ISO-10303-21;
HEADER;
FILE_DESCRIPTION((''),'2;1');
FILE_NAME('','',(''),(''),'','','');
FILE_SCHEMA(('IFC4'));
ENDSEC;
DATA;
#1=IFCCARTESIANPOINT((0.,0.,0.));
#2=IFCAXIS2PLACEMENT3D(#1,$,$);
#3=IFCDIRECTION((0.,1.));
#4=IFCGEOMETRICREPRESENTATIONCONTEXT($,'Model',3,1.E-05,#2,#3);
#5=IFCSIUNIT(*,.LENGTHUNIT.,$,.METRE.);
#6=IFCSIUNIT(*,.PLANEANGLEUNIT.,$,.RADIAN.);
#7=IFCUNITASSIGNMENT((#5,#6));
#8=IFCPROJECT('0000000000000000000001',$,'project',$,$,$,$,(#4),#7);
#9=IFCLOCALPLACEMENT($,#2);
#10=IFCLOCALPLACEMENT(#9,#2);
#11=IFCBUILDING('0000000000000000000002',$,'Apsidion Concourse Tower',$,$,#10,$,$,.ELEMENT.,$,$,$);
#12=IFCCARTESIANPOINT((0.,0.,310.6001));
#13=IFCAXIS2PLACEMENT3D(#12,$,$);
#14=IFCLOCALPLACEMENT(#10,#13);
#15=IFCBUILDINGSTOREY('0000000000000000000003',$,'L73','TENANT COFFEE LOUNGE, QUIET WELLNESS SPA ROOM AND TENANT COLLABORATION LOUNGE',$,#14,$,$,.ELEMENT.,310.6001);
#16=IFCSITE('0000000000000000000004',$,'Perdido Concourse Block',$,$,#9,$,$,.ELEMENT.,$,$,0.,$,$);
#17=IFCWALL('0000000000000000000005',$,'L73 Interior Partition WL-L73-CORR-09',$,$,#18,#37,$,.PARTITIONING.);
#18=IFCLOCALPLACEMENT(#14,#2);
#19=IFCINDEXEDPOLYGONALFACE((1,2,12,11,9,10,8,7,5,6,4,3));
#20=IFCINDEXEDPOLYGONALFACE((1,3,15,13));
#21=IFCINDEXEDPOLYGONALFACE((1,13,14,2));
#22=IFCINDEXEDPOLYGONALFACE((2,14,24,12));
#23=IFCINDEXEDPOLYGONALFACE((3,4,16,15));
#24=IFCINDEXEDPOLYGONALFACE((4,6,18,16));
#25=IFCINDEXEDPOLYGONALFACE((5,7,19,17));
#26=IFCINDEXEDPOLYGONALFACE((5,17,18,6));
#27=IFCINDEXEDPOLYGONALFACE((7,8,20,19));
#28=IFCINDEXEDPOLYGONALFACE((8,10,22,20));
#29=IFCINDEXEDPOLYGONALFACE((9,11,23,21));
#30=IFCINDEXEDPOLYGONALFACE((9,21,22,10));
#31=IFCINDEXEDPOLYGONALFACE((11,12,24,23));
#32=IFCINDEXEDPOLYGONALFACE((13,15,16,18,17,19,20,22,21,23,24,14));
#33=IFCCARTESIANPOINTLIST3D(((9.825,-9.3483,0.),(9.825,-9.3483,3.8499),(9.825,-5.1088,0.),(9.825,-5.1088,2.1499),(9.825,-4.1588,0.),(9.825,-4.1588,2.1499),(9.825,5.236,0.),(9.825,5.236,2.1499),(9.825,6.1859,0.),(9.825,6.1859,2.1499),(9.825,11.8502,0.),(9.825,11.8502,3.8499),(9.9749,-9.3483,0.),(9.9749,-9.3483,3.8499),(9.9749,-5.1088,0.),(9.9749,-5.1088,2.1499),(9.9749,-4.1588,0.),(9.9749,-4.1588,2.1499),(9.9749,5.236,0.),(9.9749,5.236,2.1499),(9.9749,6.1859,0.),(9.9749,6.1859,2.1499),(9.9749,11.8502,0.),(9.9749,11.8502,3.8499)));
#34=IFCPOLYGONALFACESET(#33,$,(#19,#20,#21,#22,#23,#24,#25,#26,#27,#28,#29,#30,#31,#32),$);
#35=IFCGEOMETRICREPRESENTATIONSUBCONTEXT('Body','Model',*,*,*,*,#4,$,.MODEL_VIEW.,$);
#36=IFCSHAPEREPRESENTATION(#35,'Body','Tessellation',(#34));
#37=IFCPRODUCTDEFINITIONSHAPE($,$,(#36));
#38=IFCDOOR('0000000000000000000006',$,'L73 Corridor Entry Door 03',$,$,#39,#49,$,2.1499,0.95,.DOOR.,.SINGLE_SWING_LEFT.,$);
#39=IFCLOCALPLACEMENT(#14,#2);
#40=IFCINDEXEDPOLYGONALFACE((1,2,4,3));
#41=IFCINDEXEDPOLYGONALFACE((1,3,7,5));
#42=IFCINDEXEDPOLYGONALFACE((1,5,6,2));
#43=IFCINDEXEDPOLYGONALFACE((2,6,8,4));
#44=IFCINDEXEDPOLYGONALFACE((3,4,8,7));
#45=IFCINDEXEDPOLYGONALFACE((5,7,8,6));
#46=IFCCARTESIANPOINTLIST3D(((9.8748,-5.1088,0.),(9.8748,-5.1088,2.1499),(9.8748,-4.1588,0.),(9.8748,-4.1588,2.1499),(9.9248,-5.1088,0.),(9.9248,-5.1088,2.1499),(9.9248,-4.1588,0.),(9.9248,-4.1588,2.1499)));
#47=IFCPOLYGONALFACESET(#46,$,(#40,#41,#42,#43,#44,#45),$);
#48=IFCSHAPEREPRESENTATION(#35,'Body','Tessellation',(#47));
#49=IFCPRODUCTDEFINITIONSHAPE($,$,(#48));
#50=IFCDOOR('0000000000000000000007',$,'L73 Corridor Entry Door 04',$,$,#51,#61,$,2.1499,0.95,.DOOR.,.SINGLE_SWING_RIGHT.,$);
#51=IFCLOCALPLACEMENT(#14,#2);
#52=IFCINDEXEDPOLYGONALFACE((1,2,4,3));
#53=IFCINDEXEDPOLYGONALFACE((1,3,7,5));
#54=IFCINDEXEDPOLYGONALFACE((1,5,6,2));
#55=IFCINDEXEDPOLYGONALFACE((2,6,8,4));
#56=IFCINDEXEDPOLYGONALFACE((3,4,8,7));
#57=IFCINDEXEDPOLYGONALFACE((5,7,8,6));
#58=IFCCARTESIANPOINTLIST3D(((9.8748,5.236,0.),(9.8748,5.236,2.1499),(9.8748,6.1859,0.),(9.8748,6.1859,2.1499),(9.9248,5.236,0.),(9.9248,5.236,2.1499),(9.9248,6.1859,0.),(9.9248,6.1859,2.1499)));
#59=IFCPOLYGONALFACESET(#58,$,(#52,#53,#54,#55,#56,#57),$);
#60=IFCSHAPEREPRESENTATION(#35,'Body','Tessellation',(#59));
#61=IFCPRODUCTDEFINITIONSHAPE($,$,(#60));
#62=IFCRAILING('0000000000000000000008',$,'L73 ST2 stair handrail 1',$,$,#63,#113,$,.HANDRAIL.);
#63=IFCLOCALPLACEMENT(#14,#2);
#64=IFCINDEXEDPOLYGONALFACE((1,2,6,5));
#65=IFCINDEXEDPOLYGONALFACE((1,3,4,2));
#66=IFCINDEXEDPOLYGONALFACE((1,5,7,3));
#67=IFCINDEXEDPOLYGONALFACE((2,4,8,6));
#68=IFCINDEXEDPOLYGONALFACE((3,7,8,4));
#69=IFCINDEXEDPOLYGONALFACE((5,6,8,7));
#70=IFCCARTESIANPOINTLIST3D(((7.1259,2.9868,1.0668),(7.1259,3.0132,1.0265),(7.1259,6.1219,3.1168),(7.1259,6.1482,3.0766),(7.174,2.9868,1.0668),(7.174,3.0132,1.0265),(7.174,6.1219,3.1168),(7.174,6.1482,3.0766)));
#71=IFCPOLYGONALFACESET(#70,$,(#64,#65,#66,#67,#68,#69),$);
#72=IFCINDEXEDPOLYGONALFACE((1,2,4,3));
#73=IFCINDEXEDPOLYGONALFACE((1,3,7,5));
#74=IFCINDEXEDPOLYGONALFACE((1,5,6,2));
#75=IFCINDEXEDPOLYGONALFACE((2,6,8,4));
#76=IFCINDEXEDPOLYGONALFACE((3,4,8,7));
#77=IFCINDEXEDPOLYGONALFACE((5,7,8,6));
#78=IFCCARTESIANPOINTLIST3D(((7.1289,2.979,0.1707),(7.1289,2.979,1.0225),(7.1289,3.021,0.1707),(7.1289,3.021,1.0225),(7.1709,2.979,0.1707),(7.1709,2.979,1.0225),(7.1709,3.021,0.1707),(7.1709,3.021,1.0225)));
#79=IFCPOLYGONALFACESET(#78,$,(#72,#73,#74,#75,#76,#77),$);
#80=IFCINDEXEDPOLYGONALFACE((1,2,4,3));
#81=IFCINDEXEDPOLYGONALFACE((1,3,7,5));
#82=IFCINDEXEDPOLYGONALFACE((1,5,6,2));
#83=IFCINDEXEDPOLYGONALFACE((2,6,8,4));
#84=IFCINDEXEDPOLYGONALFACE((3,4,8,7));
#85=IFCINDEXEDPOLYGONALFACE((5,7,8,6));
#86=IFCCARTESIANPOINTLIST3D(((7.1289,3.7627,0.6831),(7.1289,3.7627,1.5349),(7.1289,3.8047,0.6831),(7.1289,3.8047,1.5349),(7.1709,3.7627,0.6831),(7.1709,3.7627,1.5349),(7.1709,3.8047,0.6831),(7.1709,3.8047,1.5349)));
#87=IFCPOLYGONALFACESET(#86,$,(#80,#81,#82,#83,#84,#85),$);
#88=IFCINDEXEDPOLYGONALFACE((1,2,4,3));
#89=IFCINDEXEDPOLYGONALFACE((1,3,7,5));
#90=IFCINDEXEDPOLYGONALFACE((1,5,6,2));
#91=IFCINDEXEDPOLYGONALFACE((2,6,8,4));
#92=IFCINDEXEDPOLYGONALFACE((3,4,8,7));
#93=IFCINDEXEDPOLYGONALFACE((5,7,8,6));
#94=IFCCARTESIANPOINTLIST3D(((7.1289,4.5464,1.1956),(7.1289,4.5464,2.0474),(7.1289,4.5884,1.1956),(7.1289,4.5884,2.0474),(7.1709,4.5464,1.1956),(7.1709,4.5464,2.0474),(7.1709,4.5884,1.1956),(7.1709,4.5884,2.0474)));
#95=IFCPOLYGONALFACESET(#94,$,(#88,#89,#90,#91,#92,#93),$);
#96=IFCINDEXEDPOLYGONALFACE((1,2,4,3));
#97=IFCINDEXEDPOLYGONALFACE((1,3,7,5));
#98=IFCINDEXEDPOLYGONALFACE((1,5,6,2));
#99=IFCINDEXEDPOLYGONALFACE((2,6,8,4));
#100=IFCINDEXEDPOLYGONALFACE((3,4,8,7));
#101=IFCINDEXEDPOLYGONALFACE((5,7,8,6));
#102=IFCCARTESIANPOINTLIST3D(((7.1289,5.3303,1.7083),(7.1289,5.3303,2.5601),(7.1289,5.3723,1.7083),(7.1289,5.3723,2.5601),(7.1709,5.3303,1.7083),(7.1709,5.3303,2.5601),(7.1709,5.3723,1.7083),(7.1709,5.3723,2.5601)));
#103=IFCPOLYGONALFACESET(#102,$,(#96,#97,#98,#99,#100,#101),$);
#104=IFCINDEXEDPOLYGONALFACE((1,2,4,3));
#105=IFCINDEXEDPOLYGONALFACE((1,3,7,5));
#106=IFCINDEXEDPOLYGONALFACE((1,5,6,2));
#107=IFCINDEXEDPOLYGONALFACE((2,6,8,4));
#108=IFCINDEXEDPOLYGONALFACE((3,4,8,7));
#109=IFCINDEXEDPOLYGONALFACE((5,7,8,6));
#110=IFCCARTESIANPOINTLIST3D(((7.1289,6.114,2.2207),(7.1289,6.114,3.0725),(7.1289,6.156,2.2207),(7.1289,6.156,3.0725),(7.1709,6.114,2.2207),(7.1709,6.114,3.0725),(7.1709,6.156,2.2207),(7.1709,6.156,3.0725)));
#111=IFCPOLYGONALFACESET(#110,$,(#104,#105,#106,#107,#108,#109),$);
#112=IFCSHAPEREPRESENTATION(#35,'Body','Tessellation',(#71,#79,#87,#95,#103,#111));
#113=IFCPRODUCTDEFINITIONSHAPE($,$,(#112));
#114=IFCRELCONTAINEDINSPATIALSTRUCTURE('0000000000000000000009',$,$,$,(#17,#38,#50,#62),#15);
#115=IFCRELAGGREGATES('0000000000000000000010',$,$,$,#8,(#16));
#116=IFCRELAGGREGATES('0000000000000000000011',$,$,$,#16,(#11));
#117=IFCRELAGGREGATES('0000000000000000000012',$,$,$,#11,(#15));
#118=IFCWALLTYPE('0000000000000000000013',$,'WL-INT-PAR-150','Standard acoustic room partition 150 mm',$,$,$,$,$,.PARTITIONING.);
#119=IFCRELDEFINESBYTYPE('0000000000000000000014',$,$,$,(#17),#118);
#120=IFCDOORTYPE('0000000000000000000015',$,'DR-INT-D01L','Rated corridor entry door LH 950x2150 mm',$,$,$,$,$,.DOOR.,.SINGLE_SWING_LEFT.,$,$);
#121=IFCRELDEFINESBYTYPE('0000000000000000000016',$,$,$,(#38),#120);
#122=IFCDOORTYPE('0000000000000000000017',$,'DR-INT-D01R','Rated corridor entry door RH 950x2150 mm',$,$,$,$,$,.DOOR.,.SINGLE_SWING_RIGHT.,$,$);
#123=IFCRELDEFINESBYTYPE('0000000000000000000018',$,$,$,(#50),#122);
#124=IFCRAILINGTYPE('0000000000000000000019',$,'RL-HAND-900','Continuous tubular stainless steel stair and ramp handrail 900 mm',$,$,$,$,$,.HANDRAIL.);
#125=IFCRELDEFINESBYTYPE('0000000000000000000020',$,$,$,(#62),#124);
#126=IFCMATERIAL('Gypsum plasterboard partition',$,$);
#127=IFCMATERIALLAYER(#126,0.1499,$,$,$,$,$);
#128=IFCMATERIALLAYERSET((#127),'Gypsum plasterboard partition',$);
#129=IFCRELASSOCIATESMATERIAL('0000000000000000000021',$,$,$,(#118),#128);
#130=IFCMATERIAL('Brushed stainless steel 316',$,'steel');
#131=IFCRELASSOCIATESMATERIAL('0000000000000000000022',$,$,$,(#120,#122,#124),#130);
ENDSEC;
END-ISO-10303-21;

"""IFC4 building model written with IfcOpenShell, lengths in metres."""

from ifc_helpers import new_model, si_unit, direction, frame, frame_2d, origin, origin_2d, place, context, subcontext, project, spatial, rectangle, extrude, material, layer, layer_set, type_object, element, fill, save


model = new_model("IFC4")

# Units and contexts
model_context = context("Model", 3, precision=1e-05, world=origin(), true_north=direction((0.0, 1.0)))
body_context = subcontext(model_context, "Body", "Model", "MODEL_VIEW")
ifc_project = project(units=[si_unit("LENGTHUNIT", "METRE"), si_unit("PLANEANGLEUNIT", "RADIAN")], contexts=[model_context])

# Site, building, storey
site_placement = place(None, origin())
site = spatial("IfcSite", under=ifc_project, at=site_placement, Name="Perdido Concourse Block", CompositionType="ELEMENT", RefElevation=0.0)
building_placement = place(site_placement, origin())
building = spatial("IfcBuilding", under=site, at=building_placement, Name="Apsidion Concourse Tower", CompositionType="ELEMENT")
storey_placement = place(building_placement, frame((0.0, 0.0, 310.6001)))
storey = spatial("IfcBuildingStorey", under=building, at=storey_placement, Name="L73", Description="TENANT COFFEE LOUNGE, QUIET WELLNESS SPA ROOM AND TENANT COLLABORATION LOUNGE", CompositionType="ELEMENT", Elevation=310.6001)

# Wall, openings, doors
ifc_material_1 = material(Name="Gypsum plasterboard partition")
ifc_layer_1 = layer(ifc_material_1, 0.1499)
ifc_layer_set_1 = layer_set([ifc_layer_1], Name="Gypsum plasterboard partition")
wall_type_1 = type_object("IfcWallType", Name="WL-INT-PAR-150", Description="Standard acoustic room partition 150 mm", PredefinedType="PARTITIONING", material=ifc_layer_set_1)
wall_1_placement = place(storey_placement, frame((9.8999, 11.8501, 0.0), z_axis=(0.0, 0.0, 1.0), x_axis=(0.0, -1.0, 0.0)))
wall_1 = element("IfcWall", 1, at=wall_1_placement, inside=storey, type_object=wall_type_1, Name="L73 Interior Partition WL-L73-CORR-09", PredefinedType="PARTITIONING", context=body_context, shape_type="SweptSolid", body=[
    extrude(rectangle(XDim=21.1985, YDim=0.1499, at=frame_2d((10.5991, 0.0))), origin(), (0.0, 0.0, 1.0), 3.8499),
])
opening_1_placement = place(wall_1_placement, frame((16.0088, 0.0, 0.0)))
opening_1 = element("IfcOpeningElement", 2, at=opening_1_placement, cuts=wall_1, PredefinedType="OPENING", context=body_context, shape_type="SweptSolid", body=[
    extrude(rectangle(XDim=0.95, YDim=2.1499, at=frame_2d((0.4751, 1.075))), frame((0.0, 0.085, 0.0), z_axis=(0.0, -1.0, 0.0), x_axis=(1.0, 0.0, 0.0)), (0.0, 0.0, 1.0), 0.1699),
])
opening_2_placement = place(wall_1_placement, frame((5.6641, 0.0, 0.0)))
opening_2 = element("IfcOpeningElement", 3, at=opening_2_placement, cuts=wall_1, PredefinedType="OPENING", context=body_context, shape_type="SweptSolid", body=[
    extrude(rectangle(XDim=0.95, YDim=2.1499, at=frame_2d((0.4751, 1.075))), frame((0.0, 0.085, 0.0), z_axis=(0.0, -1.0, 0.0), x_axis=(1.0, 0.0, 0.0)), (0.0, 0.0, 1.0), 0.1699),
])
ifc_material_2 = material(Name="Brushed stainless steel 316", Category="steel")
door_type_1 = type_object("IfcDoorType", Name="DR-INT-D01L", Description="Rated corridor entry door LH 950x2150 mm", OperationType="SINGLE_SWING_LEFT", PredefinedType="DOOR", material=ifc_material_2)
door_1_placement = place(opening_1_placement, origin())
door_1 = element("IfcDoor", 4, at=door_1_placement, inside=storey, type_object=door_type_1, Name="L73 Corridor Entry Door 03", OperationType="SINGLE_SWING_LEFT", OverallHeight=2.1499, OverallWidth=0.95, PredefinedType="DOOR", context=body_context, shape_type="SweptSolid", body=[
    extrude(rectangle(XDim=0.95, YDim=2.1499, at=frame_2d((0.4751, 1.075))), frame((0.0, 0.0249, 0.0), z_axis=(0.0, -1.0, 0.0), x_axis=(1.0, 0.0, 0.0)), (0.0, 0.0, 1.0), 0.05),
])
fill(opening_1, door_1)
door_type_2 = type_object("IfcDoorType", Name="DR-INT-D01R", Description="Rated corridor entry door RH 950x2150 mm", OperationType="SINGLE_SWING_RIGHT", PredefinedType="DOOR", material=ifc_material_2)
door_2_placement = place(opening_2_placement, origin())
door_2 = element("IfcDoor", 5, at=door_2_placement, inside=storey, type_object=door_type_2, Name="L73 Corridor Entry Door 04", OperationType="SINGLE_SWING_RIGHT", OverallHeight=2.1499, OverallWidth=0.95, PredefinedType="DOOR", context=body_context, shape_type="SweptSolid", body=[
    extrude(rectangle(XDim=0.95, YDim=2.1499, at=frame_2d((0.4751, 1.075))), frame((0.0, 0.0249, 0.0), z_axis=(0.0, -1.0, 0.0), x_axis=(1.0, 0.0, 0.0)), (0.0, 0.0, 1.0), 0.05),
])
fill(opening_2, door_2)

# Railing
railing_type_1 = type_object("IfcRailingType", Name="RL-HAND-900", Description="Continuous tubular stainless steel stair and ramp handrail 900 mm", PredefinedType="HANDRAIL", material=ifc_material_2)
railing_1_placement = place(storey_placement, frame((7.1499, 3.0, 0.1707)))
element("IfcRailing", 6, at=railing_1_placement, inside=storey, type_object=railing_type_1, Name="L73 ST2 stair handrail 1", PredefinedType="HANDRAIL", context=body_context, shape_type="SweptSolid", body=[
    extrude(rectangle(XDim=0.0481, YDim=0.0481, at=origin_2d()), frame((0.0, 0.0, 0.876), z_axis=(0.0, 0.836941, 0.547293), x_axis=(-1.0, 0.0, 0.0)), (0.0, 0.0, 1.0), 3.7458),
    extrude(rectangle(XDim=0.042, YDim=0.042, at=origin_2d()), origin(), (0.0, 0.0, 1.0), 0.8518),
    extrude(rectangle(XDim=0.042, YDim=0.042, at=origin_2d()), frame((0.0, 0.7837, 0.5125)), (0.0, 0.0, 1.0), 0.8518),
    extrude(rectangle(XDim=0.042, YDim=0.042, at=origin_2d()), frame((0.0, 1.5674, 1.0249)), (0.0, 0.0, 1.0), 0.8518),
    extrude(rectangle(XDim=0.042, YDim=0.042, at=origin_2d()), frame((0.0, 2.3513, 1.5376)), (0.0, 0.0, 1.0), 0.8518),
    extrude(rectangle(XDim=0.042, YDim=0.042, at=origin_2d()), frame((0.0, 3.135, 2.05)), (0.0, 0.0, 1.0), 0.8518),
])

save(model, "model.ifc")
